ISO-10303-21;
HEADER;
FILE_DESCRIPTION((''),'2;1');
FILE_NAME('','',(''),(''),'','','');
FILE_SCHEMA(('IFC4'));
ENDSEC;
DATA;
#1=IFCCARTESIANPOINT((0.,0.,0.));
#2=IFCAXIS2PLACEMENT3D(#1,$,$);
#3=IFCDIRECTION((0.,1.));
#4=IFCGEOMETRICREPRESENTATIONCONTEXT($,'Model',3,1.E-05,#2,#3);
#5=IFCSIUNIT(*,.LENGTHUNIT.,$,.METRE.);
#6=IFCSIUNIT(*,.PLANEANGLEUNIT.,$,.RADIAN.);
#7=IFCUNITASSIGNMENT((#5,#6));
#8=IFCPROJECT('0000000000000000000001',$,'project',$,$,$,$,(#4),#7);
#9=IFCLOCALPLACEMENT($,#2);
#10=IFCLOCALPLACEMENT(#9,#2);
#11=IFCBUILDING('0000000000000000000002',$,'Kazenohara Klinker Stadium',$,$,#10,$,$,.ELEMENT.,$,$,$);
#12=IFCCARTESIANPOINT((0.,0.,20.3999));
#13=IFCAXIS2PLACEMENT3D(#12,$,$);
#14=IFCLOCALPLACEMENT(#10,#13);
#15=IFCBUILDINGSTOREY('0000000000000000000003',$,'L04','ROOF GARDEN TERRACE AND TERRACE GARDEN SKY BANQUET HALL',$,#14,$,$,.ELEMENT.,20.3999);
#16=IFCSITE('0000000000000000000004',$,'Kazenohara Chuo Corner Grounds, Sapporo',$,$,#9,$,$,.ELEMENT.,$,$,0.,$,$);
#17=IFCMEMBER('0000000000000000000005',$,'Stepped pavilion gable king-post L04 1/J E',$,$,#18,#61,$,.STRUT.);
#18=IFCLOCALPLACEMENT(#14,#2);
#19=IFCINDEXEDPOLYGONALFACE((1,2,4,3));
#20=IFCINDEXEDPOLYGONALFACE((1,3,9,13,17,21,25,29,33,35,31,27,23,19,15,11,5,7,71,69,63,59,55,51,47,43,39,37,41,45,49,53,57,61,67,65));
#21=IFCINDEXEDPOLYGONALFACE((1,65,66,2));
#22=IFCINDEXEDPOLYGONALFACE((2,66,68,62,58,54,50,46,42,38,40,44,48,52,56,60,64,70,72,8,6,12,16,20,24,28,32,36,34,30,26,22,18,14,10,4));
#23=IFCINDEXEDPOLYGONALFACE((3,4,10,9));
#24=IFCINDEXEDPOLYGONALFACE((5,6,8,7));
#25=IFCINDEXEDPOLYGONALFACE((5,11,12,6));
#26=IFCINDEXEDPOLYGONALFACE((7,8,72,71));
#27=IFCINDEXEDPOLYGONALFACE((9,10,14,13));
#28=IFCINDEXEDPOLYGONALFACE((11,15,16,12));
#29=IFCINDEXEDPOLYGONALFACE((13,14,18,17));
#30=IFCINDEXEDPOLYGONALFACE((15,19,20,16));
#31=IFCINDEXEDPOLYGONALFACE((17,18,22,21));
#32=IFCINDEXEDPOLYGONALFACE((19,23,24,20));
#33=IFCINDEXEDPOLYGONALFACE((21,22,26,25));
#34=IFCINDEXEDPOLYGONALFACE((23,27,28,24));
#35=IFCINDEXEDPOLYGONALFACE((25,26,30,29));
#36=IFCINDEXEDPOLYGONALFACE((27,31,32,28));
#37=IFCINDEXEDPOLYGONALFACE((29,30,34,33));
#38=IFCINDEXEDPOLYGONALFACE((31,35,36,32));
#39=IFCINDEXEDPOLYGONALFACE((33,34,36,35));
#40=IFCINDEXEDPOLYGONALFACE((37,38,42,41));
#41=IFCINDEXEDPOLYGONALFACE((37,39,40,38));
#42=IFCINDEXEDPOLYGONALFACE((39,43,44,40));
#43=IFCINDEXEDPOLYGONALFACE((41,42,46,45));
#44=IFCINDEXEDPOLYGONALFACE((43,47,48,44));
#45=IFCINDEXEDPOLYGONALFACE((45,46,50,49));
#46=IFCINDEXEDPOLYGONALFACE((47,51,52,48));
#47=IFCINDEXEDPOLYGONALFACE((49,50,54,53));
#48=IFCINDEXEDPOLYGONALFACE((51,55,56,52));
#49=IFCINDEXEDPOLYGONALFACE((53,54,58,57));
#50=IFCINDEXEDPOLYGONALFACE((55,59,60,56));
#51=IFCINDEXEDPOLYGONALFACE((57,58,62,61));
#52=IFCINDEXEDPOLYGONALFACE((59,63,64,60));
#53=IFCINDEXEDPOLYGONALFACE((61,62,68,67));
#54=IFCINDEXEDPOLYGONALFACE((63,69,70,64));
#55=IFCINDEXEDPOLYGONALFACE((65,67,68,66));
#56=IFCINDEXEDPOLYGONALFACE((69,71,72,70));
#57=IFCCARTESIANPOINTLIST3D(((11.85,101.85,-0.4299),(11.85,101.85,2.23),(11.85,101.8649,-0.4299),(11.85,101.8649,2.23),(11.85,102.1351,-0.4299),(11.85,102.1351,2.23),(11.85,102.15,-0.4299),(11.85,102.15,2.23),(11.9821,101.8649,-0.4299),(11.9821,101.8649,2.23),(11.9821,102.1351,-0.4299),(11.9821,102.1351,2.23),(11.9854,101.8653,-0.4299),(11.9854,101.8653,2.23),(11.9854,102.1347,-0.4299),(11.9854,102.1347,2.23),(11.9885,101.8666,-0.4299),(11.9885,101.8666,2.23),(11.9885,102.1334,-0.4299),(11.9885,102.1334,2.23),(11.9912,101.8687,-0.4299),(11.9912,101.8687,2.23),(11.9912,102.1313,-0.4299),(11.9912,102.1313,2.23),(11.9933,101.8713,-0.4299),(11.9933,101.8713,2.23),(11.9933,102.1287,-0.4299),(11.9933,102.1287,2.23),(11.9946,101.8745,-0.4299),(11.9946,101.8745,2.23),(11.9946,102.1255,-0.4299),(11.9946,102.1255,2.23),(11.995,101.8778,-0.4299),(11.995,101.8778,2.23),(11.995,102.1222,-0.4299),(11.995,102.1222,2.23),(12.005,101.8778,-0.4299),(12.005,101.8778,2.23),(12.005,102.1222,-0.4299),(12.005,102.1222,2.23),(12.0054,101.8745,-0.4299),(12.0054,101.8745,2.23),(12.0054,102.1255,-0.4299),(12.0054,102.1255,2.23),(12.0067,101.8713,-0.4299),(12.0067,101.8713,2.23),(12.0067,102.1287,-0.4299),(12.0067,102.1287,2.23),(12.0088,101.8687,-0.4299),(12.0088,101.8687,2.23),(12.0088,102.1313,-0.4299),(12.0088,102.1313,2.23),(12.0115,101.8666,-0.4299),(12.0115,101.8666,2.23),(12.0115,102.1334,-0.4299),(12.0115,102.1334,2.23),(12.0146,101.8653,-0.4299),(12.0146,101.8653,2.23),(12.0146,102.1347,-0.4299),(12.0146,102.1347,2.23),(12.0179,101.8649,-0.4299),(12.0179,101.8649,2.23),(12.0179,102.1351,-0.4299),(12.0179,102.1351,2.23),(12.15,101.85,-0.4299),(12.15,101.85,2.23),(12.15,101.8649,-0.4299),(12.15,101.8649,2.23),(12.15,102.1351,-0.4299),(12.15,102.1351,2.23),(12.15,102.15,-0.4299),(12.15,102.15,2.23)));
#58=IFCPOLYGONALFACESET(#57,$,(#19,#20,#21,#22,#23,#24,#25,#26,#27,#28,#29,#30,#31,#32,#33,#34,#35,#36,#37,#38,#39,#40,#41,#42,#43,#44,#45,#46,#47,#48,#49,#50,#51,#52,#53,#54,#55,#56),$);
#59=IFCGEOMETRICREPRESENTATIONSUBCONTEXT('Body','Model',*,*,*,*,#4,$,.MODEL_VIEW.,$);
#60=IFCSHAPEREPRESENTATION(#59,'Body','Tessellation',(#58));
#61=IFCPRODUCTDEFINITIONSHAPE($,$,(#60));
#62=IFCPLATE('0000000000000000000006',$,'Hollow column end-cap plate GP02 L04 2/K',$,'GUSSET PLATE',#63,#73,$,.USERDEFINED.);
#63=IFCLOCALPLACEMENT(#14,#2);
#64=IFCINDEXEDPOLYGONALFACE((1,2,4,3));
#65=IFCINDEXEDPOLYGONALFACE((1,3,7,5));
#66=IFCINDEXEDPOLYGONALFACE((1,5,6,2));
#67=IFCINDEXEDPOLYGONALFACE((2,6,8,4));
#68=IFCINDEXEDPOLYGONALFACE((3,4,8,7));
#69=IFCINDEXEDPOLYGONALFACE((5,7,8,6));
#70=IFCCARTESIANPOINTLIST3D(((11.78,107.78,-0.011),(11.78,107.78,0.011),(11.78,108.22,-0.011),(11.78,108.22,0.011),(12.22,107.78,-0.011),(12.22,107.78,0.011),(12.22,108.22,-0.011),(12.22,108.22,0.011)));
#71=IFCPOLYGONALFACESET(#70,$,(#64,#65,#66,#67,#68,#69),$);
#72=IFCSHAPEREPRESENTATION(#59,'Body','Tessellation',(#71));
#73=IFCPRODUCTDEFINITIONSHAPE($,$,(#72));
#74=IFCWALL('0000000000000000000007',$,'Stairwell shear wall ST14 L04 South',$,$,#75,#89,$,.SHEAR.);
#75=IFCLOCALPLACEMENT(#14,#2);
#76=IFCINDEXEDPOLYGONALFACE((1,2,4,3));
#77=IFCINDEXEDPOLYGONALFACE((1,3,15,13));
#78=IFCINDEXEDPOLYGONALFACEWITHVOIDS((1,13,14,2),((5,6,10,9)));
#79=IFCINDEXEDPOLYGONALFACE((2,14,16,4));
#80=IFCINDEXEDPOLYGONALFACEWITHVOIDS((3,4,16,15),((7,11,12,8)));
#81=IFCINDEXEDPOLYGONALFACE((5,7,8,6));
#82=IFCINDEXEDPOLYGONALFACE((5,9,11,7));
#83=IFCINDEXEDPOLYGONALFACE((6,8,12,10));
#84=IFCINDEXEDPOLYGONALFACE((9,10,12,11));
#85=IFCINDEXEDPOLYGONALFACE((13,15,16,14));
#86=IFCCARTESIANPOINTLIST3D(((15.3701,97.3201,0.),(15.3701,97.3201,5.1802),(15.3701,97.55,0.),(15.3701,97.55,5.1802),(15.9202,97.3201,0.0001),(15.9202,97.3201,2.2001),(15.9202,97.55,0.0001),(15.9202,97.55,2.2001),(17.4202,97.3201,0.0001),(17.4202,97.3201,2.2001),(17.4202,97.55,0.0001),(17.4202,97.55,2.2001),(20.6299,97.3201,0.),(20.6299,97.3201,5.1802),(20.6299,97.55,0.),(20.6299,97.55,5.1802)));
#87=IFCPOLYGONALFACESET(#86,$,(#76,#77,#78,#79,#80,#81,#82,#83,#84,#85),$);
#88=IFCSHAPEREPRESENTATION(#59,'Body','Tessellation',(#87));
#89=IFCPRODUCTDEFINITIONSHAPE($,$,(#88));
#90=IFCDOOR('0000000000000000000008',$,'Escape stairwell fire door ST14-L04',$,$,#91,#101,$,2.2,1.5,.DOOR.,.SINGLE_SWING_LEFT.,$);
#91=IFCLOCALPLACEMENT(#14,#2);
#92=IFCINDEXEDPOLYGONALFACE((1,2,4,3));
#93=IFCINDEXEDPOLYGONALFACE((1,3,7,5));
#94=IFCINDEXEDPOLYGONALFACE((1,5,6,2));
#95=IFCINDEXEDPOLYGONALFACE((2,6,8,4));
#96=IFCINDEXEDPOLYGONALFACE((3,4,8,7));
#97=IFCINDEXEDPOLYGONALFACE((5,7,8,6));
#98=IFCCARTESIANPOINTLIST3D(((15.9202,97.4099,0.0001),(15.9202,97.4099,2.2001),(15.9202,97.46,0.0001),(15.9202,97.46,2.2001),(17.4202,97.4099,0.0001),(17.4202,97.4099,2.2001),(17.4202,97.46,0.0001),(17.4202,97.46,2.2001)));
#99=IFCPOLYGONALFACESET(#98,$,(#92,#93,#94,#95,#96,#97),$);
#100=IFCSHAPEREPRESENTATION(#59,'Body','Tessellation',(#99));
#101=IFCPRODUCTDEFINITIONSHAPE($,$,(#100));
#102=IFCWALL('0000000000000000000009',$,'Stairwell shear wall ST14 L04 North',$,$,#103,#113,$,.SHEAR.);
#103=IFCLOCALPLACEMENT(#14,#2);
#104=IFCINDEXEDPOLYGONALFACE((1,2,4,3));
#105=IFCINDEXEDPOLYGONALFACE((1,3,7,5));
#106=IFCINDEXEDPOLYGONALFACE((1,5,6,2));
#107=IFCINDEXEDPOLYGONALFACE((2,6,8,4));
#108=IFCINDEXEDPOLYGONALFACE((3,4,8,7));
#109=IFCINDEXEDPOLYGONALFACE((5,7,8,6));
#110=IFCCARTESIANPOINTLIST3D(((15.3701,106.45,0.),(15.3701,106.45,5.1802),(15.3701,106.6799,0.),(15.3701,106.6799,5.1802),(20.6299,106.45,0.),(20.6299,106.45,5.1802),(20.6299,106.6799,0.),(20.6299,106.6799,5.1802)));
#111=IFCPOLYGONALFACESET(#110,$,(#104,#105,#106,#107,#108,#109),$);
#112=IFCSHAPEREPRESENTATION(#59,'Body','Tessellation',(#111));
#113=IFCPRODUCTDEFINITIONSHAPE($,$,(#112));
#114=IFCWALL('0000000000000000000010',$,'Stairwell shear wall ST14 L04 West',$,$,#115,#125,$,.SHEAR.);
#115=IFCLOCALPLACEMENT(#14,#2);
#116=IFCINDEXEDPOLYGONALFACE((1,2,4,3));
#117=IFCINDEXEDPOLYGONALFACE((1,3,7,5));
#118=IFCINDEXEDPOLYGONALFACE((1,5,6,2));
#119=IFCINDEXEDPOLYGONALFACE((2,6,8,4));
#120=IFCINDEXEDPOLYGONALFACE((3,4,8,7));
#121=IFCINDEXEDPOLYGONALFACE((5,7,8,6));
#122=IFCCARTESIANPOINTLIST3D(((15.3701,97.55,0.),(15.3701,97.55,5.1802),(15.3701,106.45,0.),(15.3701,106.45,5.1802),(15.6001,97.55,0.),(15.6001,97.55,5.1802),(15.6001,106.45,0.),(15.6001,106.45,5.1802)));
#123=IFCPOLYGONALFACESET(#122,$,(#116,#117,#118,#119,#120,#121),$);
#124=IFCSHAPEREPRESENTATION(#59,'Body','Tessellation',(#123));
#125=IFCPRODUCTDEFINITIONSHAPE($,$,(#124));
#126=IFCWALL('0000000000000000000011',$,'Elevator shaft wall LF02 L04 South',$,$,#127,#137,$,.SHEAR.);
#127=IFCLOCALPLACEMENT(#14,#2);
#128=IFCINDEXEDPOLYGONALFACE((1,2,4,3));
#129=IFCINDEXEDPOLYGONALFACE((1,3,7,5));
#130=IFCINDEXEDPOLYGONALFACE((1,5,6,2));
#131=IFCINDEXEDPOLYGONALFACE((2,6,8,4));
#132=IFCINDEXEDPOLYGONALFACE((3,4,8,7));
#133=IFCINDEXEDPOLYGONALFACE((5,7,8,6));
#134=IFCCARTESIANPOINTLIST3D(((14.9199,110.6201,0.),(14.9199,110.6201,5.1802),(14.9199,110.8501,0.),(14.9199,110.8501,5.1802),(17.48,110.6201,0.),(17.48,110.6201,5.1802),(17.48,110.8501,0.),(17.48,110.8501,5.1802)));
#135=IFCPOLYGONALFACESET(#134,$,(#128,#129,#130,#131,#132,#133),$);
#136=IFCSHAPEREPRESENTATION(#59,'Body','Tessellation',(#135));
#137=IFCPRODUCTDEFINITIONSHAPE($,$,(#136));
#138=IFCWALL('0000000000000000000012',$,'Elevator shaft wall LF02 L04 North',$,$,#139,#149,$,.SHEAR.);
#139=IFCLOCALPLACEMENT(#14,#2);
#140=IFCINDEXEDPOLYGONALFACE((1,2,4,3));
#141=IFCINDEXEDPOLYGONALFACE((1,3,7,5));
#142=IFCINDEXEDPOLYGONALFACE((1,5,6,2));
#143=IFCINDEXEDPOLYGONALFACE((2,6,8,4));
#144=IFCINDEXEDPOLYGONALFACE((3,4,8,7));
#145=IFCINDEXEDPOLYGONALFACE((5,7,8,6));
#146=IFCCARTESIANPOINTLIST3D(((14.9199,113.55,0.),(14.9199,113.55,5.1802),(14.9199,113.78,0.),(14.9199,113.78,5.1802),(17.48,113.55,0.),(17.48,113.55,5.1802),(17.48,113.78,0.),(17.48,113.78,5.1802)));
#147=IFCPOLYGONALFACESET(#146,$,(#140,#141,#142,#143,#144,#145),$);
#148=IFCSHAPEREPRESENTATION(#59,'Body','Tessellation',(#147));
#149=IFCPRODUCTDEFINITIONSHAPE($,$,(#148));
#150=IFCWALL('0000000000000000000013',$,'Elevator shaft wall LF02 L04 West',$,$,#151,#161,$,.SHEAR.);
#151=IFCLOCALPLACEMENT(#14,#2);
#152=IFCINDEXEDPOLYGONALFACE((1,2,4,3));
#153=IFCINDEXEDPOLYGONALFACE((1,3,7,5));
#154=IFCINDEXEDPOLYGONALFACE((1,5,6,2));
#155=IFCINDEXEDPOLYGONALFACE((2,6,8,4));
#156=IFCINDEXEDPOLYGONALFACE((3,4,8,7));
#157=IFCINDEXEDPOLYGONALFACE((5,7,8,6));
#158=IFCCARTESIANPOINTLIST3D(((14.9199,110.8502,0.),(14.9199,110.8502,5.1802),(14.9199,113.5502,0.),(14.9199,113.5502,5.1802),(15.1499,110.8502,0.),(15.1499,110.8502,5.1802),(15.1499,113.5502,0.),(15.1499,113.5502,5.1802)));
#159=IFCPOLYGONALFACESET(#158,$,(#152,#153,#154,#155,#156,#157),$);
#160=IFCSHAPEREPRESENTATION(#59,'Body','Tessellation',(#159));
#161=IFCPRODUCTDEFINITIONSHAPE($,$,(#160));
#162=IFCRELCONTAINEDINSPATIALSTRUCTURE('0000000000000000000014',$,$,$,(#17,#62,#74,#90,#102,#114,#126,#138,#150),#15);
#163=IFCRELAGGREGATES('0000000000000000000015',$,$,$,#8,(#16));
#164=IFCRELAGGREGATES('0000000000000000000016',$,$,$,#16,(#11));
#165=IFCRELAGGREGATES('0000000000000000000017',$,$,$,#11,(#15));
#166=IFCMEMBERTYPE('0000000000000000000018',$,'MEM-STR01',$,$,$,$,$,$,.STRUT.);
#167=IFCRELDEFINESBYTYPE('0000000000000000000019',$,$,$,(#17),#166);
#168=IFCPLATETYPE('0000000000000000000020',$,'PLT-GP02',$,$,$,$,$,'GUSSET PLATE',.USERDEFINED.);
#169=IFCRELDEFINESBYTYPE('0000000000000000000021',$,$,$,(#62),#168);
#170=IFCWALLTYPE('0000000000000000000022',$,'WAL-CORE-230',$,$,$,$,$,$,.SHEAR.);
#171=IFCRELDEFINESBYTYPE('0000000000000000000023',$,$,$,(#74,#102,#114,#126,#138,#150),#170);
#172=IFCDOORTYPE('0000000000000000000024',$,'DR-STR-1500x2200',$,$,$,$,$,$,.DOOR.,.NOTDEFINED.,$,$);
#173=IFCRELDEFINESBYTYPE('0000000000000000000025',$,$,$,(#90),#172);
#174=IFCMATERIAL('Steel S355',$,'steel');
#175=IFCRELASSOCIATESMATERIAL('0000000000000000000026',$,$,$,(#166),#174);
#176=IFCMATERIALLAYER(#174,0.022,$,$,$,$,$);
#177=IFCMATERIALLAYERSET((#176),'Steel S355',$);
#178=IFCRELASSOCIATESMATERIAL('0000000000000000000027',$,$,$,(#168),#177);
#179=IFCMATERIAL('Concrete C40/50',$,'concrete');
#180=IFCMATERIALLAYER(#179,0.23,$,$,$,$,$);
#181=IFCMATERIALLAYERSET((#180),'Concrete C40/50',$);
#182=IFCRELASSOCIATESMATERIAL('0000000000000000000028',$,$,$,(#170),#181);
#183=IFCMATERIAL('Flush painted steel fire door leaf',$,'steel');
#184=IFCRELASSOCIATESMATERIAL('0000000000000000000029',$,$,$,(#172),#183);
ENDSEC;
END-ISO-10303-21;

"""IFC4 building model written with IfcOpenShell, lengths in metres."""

from ifc_helpers import new_model, si_unit, direction, frame, frame_2d, origin, origin_2d, place, context, subcontext, project, spatial, rectangle, i_section, extrude, material, layer, layer_set, material_profile, profile_set, type_object, element, fill, save


model = new_model("IFC4")

# Units and contexts
model_context = context("Model", 3, precision=1e-05, world=origin(), true_north=direction((0.0, 1.0)))
body_context = subcontext(model_context, "Body", "Model", "MODEL_VIEW")
ifc_project = project(units=[si_unit("LENGTHUNIT", "METRE"), si_unit("PLANEANGLEUNIT", "RADIAN")], contexts=[model_context])

# Site, building, storey
site_placement = place(None, origin())
site = spatial("IfcSite", under=ifc_project, at=site_placement, Name="Kazenohara Chuo Corner Grounds, Sapporo", CompositionType="ELEMENT", RefElevation=0.0)
building_placement = place(site_placement, origin())
building = spatial("IfcBuilding", under=site, at=building_placement, Name="Kazenohara Klinker Stadium", CompositionType="ELEMENT")
storey_placement = place(building_placement, frame((0.0, 0.0, 20.3999)))
storey = spatial("IfcBuildingStorey", under=building, at=storey_placement, Name="L04", Description="ROOF GARDEN TERRACE AND TERRACE GARDEN SKY BANQUET HALL", CompositionType="ELEMENT", Elevation=20.3999)

# Shared definitions
ifc_material_1 = material(Name="Steel S355", Category="steel")

# Shared definitions
ifc_material_2 = material(Name="Concrete C40/50", Category="concrete")

# Member
ifc_material_profile_1 = material_profile(ifc_material_1, i_section(OverallWidth=0.3, OverallDepth=0.3, WebThickness=0.01, FlangeThickness=0.0149, FilletRadius=0.0129, at=origin_2d()), Name="H-300x300x10x15")
ifc_profile_set_1 = profile_set([ifc_material_profile_1], Name="Steel S355")
member_type = type_object("IfcMemberType", Name="MEM-STR01", PredefinedType="STRUT", material=ifc_profile_set_1)
member_placement = place(storey_placement, frame((12.0, 102.0, -0.4299), z_axis=(0.0, 0.0, 1.0), x_axis=(1.0, 0.0, 0.0)))
element("IfcMember", 1, at=member_placement, inside=storey, type_object=member_type, Name="Stepped pavilion gable king-post L04 1/J E", PredefinedType="STRUT", context=body_context, shape_type="SweptSolid", body=[
    extrude(i_section(OverallWidth=0.3, OverallDepth=0.3, WebThickness=0.01, FlangeThickness=0.0149, FilletRadius=0.0129, at=origin_2d()), origin(), (0.0, 0.0, 1.0), 2.6599),
])

# Plate
ifc_layer_1 = layer(ifc_material_1, 0.022)
ifc_layer_set_1 = layer_set([ifc_layer_1], Name="Steel S355")
plate_type = type_object("IfcPlateType", Name="PLT-GP02", ElementType="GUSSET PLATE", PredefinedType="USERDEFINED", material=ifc_layer_set_1)
plate_placement = place(storey_placement, frame((12.0, 108.0, -0.011), z_axis=(0.0, 0.0, 1.0), x_axis=(1.0, 0.0, 0.0)))
element("IfcPlate", 2, at=plate_placement, inside=storey, type_object=plate_type, Name="Hollow column end-cap plate GP02 L04 2/K", ObjectType="GUSSET PLATE", PredefinedType="USERDEFINED", context=body_context, shape_type="SweptSolid", body=[
    extrude(rectangle(XDim=0.4399, YDim=0.4399, at=origin_2d()), origin(), (0.0, 0.0, 1.0), 0.022),
])

# Wall, opening, door
ifc_layer_2 = layer(ifc_material_2, 0.23)
ifc_layer_set_2 = layer_set([ifc_layer_2], Name="Concrete C40/50")
wall_type_1 = type_object("IfcWallType", Name="WAL-CORE-230", PredefinedType="SHEAR", material=ifc_layer_set_2)
wall_1_placement = place(storey_placement, frame((15.3701, 97.4351, 0.0), z_axis=(0.0, 0.0, 1.0), x_axis=(1.0, 0.0, 0.0)))
wall_1 = element("IfcWall", 3, at=wall_1_placement, inside=storey, type_object=wall_type_1, Name="Stairwell shear wall ST14 L04 South", PredefinedType="SHEAR", context=body_context, shape_type="SweptSolid", body=[
    extrude(rectangle(XDim=5.2598, YDim=0.23, at=frame_2d((2.6299, 0.0))), origin(), (0.0, 0.0, 1.0), 5.1802),
])
opening_1_placement = place(wall_1_placement, frame((0.55, 0.0, 0.0)))
opening_1 = element("IfcOpeningElement", 4, at=opening_1_placement, cuts=wall_1, PredefinedType="OPENING", context=body_context, shape_type="SweptSolid", body=[
    extrude(rectangle(XDim=1.5, YDim=2.2, at=frame_2d((0.75, 1.1001))), frame((0.0, 0.125, 0.0), z_axis=(0.0, -1.0, 0.0), x_axis=(1.0, 0.0, 0.0)), (0.0, 0.0, 1.0), 0.25),
])
ifc_material_3 = material(Name="Flush painted steel fire door leaf", Category="steel")
door_type_1 = type_object("IfcDoorType", Name="DR-STR-1500x2200", OperationType="NOTDEFINED", PredefinedType="DOOR", material=ifc_material_3)
door_1_placement = place(opening_1_placement, origin())
door_1 = element("IfcDoor", 5, at=door_1_placement, inside=storey, type_object=door_type_1, Name="Escape stairwell fire door ST14-L04", OperationType="SINGLE_SWING_LEFT", OverallHeight=2.2, OverallWidth=1.5, PredefinedType="DOOR", context=body_context, shape_type="SweptSolid", body=[
    extrude(rectangle(XDim=1.5, YDim=2.2, at=frame_2d((0.75, 1.1001))), frame((0.0, 0.0249, 0.0), z_axis=(0.0, -1.0, 0.0), x_axis=(1.0, 0.0, 0.0)), (0.0, 0.0, 1.0), 0.05),
])
fill(opening_1, door_1)

# Walls
wall_2_placement = place(storey_placement, frame((15.3701, 106.5649, 0.0), z_axis=(0.0, 0.0, 1.0), x_axis=(1.0, 0.0, 0.0)))
element("IfcWall", 6, at=wall_2_placement, inside=storey, type_object=wall_type_1, Name="Stairwell shear wall ST14 L04 North", PredefinedType="SHEAR", context=body_context, shape_type="SweptSolid", body=[
    extrude(rectangle(XDim=5.2598, YDim=0.23, at=frame_2d((2.6299, 0.0))), origin(), (0.0, 0.0, 1.0), 5.1802),
])
wall_3_placement = place(storey_placement, frame((15.4851, 97.55, 0.0), z_axis=(0.0, 0.0, 1.0), x_axis=(0.0, 1.0, 0.0)))
element("IfcWall", 7, at=wall_3_placement, inside=storey, type_object=wall_type_1, Name="Stairwell shear wall ST14 L04 West", PredefinedType="SHEAR", context=body_context, shape_type="SweptSolid", body=[
    extrude(rectangle(XDim=8.8999, YDim=0.23, at=frame_2d((4.45, 0.0))), origin(), (0.0, 0.0, 1.0), 5.1802),
])
for number, where, z_axis, x_axis, name in (
    (8, (14.9199, 110.7351, 0.0), (0.0, 0.0, 1.0), (1.0, 0.0, 0.0), "Elevator shaft wall LF02 L04 South"),
    (9, (14.9199, 113.665, 0.0), (0.0, 0.0, 1.0), (1.0, 0.0, 0.0), "Elevator shaft wall LF02 L04 North"),
):
    element("IfcWall", number, at=place(storey_placement, frame(where, z_axis=z_axis, x_axis=x_axis)), inside=storey, type_object=wall_type_1, Name=name, PredefinedType="SHEAR", context=body_context, shape_type="SweptSolid", body=[
        extrude(rectangle(XDim=2.5601, YDim=0.23, at=frame_2d((1.28, 0.0))), origin(), (0.0, 0.0, 1.0), 5.1802),
    ])
wall_4_placement = place(storey_placement, frame((15.0349, 110.8501, 0.0), z_axis=(0.0, 0.0, 1.0), x_axis=(0.0, 1.0, 0.0)))
element("IfcWall", 10, at=wall_4_placement, inside=storey, type_object=wall_type_1, Name="Elevator shaft wall LF02 L04 West", PredefinedType="SHEAR", context=body_context, shape_type="SweptSolid", body=[
    extrude(rectangle(XDim=2.7, YDim=0.23, at=frame_2d((1.3501, 0.0))), origin(), (0.0, 0.0, 1.0), 5.1802),
])

save(model, "model.ifc")
